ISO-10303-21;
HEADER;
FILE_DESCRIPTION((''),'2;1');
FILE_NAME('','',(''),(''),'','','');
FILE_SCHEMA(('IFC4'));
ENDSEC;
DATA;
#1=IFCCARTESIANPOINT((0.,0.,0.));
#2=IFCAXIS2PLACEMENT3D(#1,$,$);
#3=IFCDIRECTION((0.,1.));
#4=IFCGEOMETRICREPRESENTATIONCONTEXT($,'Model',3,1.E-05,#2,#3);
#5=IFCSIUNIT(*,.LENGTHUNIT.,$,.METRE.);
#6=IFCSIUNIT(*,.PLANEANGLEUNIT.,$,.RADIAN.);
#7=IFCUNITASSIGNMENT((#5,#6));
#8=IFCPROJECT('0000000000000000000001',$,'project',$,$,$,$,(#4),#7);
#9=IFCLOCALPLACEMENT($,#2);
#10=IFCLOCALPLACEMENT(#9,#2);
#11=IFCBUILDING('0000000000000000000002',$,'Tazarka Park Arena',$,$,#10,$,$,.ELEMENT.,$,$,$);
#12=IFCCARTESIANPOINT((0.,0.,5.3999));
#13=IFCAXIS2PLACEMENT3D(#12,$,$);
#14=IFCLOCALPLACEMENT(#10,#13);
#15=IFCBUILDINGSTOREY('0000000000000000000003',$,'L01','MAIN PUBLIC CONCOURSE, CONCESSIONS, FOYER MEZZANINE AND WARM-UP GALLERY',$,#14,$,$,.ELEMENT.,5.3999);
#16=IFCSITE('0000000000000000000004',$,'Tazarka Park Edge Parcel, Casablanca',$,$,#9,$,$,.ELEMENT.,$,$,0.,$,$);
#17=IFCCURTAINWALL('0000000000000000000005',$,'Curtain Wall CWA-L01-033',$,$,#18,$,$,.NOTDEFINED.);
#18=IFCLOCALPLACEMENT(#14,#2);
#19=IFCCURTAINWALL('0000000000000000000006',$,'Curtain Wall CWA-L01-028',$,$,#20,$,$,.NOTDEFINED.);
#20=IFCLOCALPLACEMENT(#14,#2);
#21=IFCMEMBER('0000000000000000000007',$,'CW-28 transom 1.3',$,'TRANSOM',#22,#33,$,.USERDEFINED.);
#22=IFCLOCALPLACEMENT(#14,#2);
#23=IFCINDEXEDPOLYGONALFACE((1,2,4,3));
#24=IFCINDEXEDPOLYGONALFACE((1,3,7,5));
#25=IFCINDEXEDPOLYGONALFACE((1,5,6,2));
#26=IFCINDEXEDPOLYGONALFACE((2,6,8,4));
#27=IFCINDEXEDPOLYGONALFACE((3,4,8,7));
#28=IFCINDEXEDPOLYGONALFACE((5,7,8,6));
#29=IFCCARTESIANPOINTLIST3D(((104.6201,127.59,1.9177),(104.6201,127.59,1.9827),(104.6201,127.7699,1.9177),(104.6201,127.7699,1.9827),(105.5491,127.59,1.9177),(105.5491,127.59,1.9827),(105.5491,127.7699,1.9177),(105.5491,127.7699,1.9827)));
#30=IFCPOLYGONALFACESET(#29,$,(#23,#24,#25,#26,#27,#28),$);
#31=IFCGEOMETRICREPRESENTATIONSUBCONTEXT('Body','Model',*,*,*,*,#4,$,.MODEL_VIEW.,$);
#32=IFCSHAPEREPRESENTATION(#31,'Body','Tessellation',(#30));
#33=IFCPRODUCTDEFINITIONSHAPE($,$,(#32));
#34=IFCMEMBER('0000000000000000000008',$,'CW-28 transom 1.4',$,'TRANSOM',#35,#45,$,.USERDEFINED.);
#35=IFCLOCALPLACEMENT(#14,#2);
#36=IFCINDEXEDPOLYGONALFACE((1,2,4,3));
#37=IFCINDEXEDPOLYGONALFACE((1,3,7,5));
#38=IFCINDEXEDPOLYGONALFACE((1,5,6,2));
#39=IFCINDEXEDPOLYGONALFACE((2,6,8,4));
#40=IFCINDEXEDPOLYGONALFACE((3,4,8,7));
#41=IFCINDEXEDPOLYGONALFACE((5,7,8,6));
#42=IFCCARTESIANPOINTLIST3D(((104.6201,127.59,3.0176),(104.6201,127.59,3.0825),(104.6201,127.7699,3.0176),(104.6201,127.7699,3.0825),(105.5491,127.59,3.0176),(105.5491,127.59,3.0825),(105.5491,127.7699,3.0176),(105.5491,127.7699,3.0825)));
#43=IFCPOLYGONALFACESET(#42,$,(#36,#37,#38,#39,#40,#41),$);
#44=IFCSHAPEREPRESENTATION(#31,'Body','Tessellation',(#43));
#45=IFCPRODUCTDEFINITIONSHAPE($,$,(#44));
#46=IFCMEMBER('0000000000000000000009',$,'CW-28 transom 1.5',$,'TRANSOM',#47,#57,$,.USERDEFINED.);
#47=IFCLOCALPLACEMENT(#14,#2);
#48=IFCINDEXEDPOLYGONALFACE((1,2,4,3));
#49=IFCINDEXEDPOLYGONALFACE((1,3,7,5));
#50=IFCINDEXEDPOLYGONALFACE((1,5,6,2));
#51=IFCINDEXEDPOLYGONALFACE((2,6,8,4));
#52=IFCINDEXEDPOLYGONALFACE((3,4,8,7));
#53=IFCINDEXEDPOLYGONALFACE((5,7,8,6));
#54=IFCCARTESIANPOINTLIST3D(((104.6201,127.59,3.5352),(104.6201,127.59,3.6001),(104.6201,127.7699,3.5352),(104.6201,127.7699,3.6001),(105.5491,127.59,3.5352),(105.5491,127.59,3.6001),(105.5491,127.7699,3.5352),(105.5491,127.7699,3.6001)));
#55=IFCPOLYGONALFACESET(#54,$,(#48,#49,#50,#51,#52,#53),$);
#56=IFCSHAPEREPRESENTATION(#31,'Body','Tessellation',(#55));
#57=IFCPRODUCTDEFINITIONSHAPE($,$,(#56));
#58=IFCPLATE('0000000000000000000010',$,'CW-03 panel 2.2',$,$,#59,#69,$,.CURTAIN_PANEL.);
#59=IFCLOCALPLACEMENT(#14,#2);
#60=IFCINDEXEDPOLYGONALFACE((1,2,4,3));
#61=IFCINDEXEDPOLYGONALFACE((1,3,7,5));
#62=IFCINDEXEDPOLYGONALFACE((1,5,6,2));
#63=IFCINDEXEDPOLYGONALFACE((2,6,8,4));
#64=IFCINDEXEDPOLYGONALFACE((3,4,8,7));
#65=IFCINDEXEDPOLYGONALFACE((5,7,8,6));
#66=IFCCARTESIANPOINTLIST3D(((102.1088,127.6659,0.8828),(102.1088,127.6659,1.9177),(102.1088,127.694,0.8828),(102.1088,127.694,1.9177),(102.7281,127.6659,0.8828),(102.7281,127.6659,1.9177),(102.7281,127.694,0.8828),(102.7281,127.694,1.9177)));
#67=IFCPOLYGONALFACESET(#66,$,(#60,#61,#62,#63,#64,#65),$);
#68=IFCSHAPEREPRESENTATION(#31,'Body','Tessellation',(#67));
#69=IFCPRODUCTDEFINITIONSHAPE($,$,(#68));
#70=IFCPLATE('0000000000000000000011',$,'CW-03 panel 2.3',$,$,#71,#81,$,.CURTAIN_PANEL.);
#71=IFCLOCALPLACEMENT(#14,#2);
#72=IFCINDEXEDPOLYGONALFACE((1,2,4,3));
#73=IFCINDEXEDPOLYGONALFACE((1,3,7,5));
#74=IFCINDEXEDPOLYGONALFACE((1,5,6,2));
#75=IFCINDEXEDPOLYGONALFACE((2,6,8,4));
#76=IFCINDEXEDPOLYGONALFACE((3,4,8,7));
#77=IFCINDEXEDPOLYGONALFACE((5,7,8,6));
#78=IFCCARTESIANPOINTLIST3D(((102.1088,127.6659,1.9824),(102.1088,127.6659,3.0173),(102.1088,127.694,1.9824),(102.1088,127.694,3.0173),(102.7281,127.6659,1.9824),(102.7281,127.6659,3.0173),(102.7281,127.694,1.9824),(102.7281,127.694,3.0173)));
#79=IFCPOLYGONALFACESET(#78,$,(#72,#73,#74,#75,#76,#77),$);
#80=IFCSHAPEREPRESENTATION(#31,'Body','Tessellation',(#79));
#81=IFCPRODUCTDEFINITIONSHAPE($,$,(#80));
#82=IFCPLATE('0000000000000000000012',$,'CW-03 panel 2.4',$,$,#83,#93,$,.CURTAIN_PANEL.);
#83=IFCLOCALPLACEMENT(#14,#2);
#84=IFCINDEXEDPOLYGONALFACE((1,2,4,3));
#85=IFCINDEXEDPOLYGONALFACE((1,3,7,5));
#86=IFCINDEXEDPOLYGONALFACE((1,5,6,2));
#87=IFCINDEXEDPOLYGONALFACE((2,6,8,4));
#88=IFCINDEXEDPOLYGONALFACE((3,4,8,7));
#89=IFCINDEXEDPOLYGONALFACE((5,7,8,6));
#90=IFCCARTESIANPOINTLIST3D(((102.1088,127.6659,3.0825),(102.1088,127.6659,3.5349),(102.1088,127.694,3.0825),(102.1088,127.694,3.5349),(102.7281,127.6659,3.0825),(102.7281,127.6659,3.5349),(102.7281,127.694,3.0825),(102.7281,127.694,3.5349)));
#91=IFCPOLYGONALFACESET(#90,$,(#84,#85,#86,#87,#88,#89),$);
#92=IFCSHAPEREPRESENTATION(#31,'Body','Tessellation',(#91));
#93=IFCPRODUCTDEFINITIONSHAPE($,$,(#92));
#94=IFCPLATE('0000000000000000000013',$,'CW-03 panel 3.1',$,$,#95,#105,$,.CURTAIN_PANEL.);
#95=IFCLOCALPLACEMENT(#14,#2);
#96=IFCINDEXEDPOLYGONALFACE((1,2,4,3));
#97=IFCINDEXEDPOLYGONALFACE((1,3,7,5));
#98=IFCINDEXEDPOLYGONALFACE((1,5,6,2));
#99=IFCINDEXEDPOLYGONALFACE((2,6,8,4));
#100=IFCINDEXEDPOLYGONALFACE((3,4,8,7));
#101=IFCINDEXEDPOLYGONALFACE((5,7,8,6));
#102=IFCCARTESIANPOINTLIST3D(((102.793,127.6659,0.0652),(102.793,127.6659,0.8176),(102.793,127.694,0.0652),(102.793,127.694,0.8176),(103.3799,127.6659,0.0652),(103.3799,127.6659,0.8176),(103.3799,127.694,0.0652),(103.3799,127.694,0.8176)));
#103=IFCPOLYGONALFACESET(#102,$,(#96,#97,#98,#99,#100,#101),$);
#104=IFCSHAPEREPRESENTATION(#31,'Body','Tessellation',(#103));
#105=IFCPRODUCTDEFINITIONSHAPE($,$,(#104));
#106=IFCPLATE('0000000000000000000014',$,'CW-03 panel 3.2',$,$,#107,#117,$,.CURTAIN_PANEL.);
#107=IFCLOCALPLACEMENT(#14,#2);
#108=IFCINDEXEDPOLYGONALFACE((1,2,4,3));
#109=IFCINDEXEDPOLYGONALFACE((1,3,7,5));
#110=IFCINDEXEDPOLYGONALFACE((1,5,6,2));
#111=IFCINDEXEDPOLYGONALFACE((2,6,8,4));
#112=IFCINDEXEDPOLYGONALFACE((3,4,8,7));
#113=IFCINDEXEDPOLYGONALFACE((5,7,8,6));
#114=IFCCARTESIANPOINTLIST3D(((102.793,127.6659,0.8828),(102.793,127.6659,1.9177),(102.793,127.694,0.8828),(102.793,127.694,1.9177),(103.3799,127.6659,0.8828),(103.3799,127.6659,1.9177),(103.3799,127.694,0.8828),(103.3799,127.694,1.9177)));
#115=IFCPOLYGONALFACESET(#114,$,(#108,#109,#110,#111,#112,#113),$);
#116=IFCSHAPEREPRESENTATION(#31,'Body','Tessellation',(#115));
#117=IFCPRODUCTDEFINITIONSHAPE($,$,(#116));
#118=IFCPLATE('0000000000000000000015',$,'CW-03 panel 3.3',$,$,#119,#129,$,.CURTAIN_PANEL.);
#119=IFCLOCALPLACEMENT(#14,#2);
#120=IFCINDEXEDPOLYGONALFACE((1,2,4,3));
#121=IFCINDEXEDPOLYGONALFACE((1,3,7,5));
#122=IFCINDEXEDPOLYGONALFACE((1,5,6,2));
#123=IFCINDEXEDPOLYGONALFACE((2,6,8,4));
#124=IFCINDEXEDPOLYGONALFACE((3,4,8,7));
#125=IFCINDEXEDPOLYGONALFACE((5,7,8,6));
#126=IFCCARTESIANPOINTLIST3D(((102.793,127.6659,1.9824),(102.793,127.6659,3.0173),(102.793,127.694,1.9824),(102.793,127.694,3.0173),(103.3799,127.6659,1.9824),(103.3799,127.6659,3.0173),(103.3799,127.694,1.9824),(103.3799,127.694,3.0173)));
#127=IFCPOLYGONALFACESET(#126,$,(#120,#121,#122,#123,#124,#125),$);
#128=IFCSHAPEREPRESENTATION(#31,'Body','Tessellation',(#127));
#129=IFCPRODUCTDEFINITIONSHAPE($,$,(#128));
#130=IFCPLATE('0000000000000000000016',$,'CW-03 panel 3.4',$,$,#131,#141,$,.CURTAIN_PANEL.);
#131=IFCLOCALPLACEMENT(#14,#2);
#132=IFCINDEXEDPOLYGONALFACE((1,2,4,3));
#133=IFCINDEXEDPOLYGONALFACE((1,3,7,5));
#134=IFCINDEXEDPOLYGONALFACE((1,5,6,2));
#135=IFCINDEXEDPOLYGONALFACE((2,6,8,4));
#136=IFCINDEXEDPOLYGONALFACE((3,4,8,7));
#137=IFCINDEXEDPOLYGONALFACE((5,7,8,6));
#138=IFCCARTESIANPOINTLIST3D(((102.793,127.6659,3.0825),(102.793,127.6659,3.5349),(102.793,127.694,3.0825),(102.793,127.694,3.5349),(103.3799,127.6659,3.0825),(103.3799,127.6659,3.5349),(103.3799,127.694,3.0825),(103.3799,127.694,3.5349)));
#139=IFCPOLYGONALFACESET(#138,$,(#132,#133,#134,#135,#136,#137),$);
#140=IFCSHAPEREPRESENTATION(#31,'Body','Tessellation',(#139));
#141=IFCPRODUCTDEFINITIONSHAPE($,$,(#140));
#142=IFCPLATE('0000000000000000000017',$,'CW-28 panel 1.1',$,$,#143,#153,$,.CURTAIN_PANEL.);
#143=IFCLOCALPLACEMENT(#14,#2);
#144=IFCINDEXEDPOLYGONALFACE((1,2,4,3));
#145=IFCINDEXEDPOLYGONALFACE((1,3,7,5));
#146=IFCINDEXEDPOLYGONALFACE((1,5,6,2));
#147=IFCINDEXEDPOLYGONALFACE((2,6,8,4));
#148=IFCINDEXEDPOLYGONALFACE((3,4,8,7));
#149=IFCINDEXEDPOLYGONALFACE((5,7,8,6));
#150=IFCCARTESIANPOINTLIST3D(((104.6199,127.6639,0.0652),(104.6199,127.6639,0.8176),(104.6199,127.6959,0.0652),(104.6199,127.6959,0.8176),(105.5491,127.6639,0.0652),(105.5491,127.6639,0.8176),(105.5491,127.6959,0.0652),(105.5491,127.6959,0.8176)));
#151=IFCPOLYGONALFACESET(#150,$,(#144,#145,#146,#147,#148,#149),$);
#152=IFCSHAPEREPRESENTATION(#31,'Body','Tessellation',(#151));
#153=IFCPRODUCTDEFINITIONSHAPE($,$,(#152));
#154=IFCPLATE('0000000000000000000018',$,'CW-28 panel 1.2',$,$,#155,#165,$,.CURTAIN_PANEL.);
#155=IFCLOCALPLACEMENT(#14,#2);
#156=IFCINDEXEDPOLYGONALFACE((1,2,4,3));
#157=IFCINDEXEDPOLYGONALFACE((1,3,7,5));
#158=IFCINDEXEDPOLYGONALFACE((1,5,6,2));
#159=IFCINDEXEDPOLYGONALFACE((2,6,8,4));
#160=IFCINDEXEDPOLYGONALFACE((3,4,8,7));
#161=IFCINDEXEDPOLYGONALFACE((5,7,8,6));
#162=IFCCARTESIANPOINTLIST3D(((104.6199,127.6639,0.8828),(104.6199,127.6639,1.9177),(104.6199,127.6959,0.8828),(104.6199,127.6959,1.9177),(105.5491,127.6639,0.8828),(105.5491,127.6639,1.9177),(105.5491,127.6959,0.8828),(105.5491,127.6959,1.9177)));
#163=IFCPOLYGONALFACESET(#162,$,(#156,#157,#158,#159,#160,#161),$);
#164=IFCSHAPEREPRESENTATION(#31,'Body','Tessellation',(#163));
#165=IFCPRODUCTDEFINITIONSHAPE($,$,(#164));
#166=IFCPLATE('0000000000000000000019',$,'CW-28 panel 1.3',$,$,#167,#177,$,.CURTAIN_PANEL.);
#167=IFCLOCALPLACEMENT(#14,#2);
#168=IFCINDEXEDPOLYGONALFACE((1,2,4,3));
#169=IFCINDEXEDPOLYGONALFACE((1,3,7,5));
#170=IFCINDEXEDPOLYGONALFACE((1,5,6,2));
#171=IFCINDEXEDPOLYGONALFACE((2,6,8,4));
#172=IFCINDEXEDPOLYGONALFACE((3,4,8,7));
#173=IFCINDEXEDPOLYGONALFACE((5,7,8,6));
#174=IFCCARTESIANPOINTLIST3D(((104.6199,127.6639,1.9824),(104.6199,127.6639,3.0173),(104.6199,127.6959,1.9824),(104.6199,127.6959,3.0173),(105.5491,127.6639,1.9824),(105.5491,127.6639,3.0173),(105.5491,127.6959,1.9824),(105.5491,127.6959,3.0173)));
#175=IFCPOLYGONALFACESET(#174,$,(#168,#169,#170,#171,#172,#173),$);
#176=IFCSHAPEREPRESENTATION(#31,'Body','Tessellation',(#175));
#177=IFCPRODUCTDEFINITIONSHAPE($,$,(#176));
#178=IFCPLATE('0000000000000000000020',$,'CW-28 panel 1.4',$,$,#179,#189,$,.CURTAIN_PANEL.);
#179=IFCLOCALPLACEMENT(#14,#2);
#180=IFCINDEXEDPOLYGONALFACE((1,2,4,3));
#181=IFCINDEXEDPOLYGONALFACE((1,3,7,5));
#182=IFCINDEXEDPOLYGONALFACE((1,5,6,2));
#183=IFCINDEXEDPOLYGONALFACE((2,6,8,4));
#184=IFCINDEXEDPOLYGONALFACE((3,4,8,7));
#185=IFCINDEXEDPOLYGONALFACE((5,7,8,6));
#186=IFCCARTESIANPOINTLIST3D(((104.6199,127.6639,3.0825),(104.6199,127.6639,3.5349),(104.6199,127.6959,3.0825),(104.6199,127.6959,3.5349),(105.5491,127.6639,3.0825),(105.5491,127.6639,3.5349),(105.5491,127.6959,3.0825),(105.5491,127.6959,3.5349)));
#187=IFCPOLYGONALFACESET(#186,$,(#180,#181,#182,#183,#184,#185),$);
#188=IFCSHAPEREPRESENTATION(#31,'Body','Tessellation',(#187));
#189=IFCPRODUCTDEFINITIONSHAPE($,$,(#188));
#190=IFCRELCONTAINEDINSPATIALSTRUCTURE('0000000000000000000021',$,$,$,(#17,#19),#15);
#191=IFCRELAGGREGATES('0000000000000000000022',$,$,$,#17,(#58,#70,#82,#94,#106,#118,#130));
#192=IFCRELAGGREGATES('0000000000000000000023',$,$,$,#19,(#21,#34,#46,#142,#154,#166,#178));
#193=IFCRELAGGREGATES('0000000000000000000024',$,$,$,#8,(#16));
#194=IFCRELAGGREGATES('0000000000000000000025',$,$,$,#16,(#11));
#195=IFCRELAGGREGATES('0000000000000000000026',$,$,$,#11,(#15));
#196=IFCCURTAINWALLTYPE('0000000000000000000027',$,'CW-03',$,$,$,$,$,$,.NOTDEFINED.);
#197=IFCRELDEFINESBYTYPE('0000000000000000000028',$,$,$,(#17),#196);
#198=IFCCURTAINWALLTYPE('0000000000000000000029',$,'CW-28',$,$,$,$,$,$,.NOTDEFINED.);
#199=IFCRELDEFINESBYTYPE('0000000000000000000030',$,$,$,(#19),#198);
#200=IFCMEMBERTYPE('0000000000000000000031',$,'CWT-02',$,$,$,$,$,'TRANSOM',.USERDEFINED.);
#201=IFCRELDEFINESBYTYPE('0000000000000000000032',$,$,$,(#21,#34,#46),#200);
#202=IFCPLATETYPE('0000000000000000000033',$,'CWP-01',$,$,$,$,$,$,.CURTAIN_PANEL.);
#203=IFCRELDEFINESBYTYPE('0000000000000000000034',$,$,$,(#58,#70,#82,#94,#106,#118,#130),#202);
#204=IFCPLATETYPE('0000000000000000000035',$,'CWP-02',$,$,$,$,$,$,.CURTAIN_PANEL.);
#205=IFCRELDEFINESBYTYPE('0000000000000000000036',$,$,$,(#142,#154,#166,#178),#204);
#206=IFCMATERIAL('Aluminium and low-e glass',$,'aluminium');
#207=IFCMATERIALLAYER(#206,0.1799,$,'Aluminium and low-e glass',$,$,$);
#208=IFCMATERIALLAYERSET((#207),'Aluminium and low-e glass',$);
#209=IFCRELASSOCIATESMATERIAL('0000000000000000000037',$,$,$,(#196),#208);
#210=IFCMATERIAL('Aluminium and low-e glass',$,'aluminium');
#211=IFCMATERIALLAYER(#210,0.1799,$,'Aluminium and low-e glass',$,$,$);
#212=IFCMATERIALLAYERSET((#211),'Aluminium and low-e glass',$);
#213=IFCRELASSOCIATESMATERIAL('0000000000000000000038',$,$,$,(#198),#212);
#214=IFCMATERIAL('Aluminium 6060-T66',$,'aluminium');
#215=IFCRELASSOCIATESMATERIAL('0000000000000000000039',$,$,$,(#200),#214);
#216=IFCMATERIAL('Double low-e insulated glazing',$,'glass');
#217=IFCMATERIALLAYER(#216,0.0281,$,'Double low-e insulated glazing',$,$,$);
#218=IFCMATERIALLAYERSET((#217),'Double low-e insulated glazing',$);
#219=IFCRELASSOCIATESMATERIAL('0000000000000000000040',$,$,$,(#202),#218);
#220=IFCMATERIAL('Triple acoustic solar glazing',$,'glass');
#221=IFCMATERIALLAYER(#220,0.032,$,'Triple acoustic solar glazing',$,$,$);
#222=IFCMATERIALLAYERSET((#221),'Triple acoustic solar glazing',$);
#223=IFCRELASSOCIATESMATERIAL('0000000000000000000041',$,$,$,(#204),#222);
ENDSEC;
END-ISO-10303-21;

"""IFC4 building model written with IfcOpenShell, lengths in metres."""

from ifc_helpers import new_model, si_unit, direction, frame, origin, origin_2d, place, context, subcontext, project, spatial, rectangle, extrude, material, layer, layer_set, material_profile, profile_set, type_object, element, aggregate, save


model = new_model("IFC4")

# Units and contexts
model_context = context("Model", 3, precision=1e-05, world=origin(), true_north=direction((0.0, 1.0)))
body_context = subcontext(model_context, "Body", "Model", "MODEL_VIEW")
ifc_project = project(units=[si_unit("LENGTHUNIT", "METRE"), si_unit("PLANEANGLEUNIT", "RADIAN")], contexts=[model_context])

# Site, building, storey
site_placement = place(None, origin())
site = spatial("IfcSite", under=ifc_project, at=site_placement, Name="Tazarka Park Edge Parcel, Casablanca", CompositionType="ELEMENT", RefElevation=0.0)
building_placement = place(site_placement, origin())
building = spatial("IfcBuilding", under=site, at=building_placement, Name="Tazarka Park Arena", CompositionType="ELEMENT")
storey_placement = place(building_placement, frame((0.0, 0.0, 5.3999)))
storey = spatial("IfcBuildingStorey", under=building, at=storey_placement, Name="L01", Description="MAIN PUBLIC CONCOURSE, CONCESSIONS, FOYER MEZZANINE AND WARM-UP GALLERY", CompositionType="ELEMENT", Elevation=5.3999)

# Curtain walls
ifc_material_1 = material(Name="Aluminium and low-e glass", Category="aluminium")
ifc_layer_1 = layer(ifc_material_1, 0.1799, Name="Aluminium and low-e glass")
ifc_layer_set_1 = layer_set([ifc_layer_1], Name="Aluminium and low-e glass")
curtain_wall_type_1 = type_object("IfcCurtainWallType", Name="CW-03", PredefinedType="NOTDEFINED", material=ifc_layer_set_1)
curtain_wall_1_placement = place(storey_placement, origin())
curtain_wall_1 = element("IfcCurtainWall", 1, at=curtain_wall_1_placement, inside=storey, type_object=curtain_wall_type_1, Name="Curtain Wall CWA-L01-033", PredefinedType="NOTDEFINED")
ifc_material_2 = material(Name="Aluminium and low-e glass", Category="aluminium")
ifc_layer_2 = layer(ifc_material_2, 0.1799, Name="Aluminium and low-e glass")
ifc_layer_set_2 = layer_set([ifc_layer_2], Name="Aluminium and low-e glass")
curtain_wall_type_2 = type_object("IfcCurtainWallType", Name="CW-28", PredefinedType="NOTDEFINED", material=ifc_layer_set_2)
curtain_wall_2_placement = place(storey_placement, origin())
curtain_wall_2 = element("IfcCurtainWall", 2, at=curtain_wall_2_placement, inside=storey, type_object=curtain_wall_type_2, Name="Curtain Wall CWA-L01-028", PredefinedType="NOTDEFINED")

# Members
ifc_material_3 = material(Name="Aluminium 6060-T66", Category="aluminium")
ifc_material_profile_1 = material_profile(ifc_material_3, rectangle(XDim=0.1799, YDim=0.0649, at=origin_2d()), Name="Aluminium 6060-T66")
ifc_profile_set_1 = profile_set([ifc_material_profile_1], Name="Aluminium 6060-T66")
member_type_1 = type_object("IfcMemberType", Name="CWT-02", ElementType="TRANSOM", PredefinedType="USERDEFINED", material=ifc_profile_set_1)
member_1_placement = place(storey_placement, frame((104.6201, 127.6799, 1.9502), z_axis=(1.0, 0.0, 0.0), x_axis=(0.0, 1.0, 0.0)))
member_1 = element("IfcMember", 3, at=member_1_placement, type_object=member_type_1, Name="CW-28 transom 1.3", ObjectType="TRANSOM", PredefinedType="USERDEFINED", context=body_context, shape_type="SweptSolid", body=[
    extrude(rectangle(XDim=0.1799, YDim=0.0649, at=origin_2d()), origin(), (0.0, 0.0, 1.0), 0.929),
])
member_2_placement = place(storey_placement, frame((104.6201, 127.6799, 3.05), z_axis=(1.0, 0.0, 0.0), x_axis=(0.0, 1.0, 0.0)))
member_2 = element("IfcMember", 4, at=member_2_placement, type_object=member_type_1, Name="CW-28 transom 1.4", ObjectType="TRANSOM", PredefinedType="USERDEFINED", context=body_context, shape_type="SweptSolid", body=[
    extrude(rectangle(XDim=0.1799, YDim=0.0649, at=origin_2d()), origin(), (0.0, 0.0, 1.0), 0.929),
])
member_3_placement = place(storey_placement, frame((104.6201, 127.6799, 3.5676), z_axis=(1.0, 0.0, 0.0), x_axis=(0.0, 1.0, 0.0)))
member_3 = element("IfcMember", 5, at=member_3_placement, type_object=member_type_1, Name="CW-28 transom 1.5", ObjectType="TRANSOM", PredefinedType="USERDEFINED", context=body_context, shape_type="SweptSolid", body=[
    extrude(rectangle(XDim=0.1799, YDim=0.0649, at=origin_2d()), origin(), (0.0, 0.0, 1.0), 0.929),
])

# Plates
ifc_material_4 = material(Name="Double low-e insulated glazing", Category="glass")
ifc_layer_3 = layer(ifc_material_4, 0.0281, Name="Double low-e insulated glazing")
ifc_layer_set_3 = layer_set([ifc_layer_3], Name="Double low-e insulated glazing")
plate_type_1 = type_object("IfcPlateType", Name="CWP-01", PredefinedType="CURTAIN_PANEL", material=ifc_layer_set_3)
plate_1_placement = place(storey_placement, frame((102.4185, 127.6799, 0.8828), z_axis=(0.0, 0.0, 1.0), x_axis=(1.0, 0.0, 0.0)))
plate_1 = element("IfcPlate", 6, at=plate_1_placement, type_object=plate_type_1, Name="CW-03 panel 2.2", PredefinedType="CURTAIN_PANEL", context=body_context, shape_type="SweptSolid", body=[
    extrude(rectangle(XDim=0.6194, YDim=0.0281, at=origin_2d()), origin(), (0.0, 0.0, 1.0), 1.0349),
])
plate_2_placement = place(storey_placement, frame((102.4185, 127.6799, 1.9824), z_axis=(0.0, 0.0, 1.0), x_axis=(1.0, 0.0, 0.0)))
plate_2 = element("IfcPlate", 7, at=plate_2_placement, type_object=plate_type_1, Name="CW-03 panel 2.3", PredefinedType="CURTAIN_PANEL", context=body_context, shape_type="SweptSolid", body=[
    extrude(rectangle(XDim=0.6194, YDim=0.0281, at=origin_2d()), origin(), (0.0, 0.0, 1.0), 1.0349),
])
plate_3_placement = place(storey_placement, frame((102.4185, 127.6799, 3.0825), z_axis=(0.0, 0.0, 1.0), x_axis=(1.0, 0.0, 0.0)))
plate_3 = element("IfcPlate", 8, at=plate_3_placement, type_object=plate_type_1, Name="CW-03 panel 2.4", PredefinedType="CURTAIN_PANEL", context=body_context, shape_type="SweptSolid", body=[
    extrude(rectangle(XDim=0.6194, YDim=0.0281, at=origin_2d()), origin(), (0.0, 0.0, 1.0), 0.4524),
])
plate_4_placement = place(storey_placement, frame((103.0864, 127.6799, 0.0652), z_axis=(0.0, 0.0, 1.0), x_axis=(1.0, 0.0, 0.0)))
plate_4 = element("IfcPlate", 9, at=plate_4_placement, type_object=plate_type_1, Name="CW-03 panel 3.1", PredefinedType="CURTAIN_PANEL", context=body_context, shape_type="SweptSolid", body=[
    extrude(rectangle(XDim=0.5869, YDim=0.0281, at=origin_2d()), origin(), (0.0, 0.0, 1.0), 0.7524),
])
plate_5_placement = place(storey_placement, frame((103.0864, 127.6799, 0.8828), z_axis=(0.0, 0.0, 1.0), x_axis=(1.0, 0.0, 0.0)))
plate_5 = element("IfcPlate", 10, at=plate_5_placement, type_object=plate_type_1, Name="CW-03 panel 3.2", PredefinedType="CURTAIN_PANEL", context=body_context, shape_type="SweptSolid", body=[
    extrude(rectangle(XDim=0.5869, YDim=0.0281, at=origin_2d()), origin(), (0.0, 0.0, 1.0), 1.0349),
])
plate_6_placement = place(storey_placement, frame((103.0864, 127.6799, 1.9824), z_axis=(0.0, 0.0, 1.0), x_axis=(1.0, 0.0, 0.0)))
plate_6 = element("IfcPlate", 11, at=plate_6_placement, type_object=plate_type_1, Name="CW-03 panel 3.3", PredefinedType="CURTAIN_PANEL", context=body_context, shape_type="SweptSolid", body=[
    extrude(rectangle(XDim=0.5869, YDim=0.0281, at=origin_2d()), origin(), (0.0, 0.0, 1.0), 1.0349),
])
plate_7_placement = place(storey_placement, frame((103.0864, 127.6799, 3.0825), z_axis=(0.0, 0.0, 1.0), x_axis=(1.0, 0.0, 0.0)))
plate_7 = element("IfcPlate", 12, at=plate_7_placement, type_object=plate_type_1, Name="CW-03 panel 3.4", PredefinedType="CURTAIN_PANEL", context=body_context, shape_type="SweptSolid", body=[
    extrude(rectangle(XDim=0.5869, YDim=0.0281, at=origin_2d()), origin(), (0.0, 0.0, 1.0), 0.4524),
])
aggregate(curtain_wall_1, [plate_1, plate_2, plate_3, plate_4, plate_5, plate_6, plate_7])
ifc_material_5 = material(Name="Triple acoustic solar glazing", Category="glass")
ifc_layer_4 = layer(ifc_material_5, 0.032, Name="Triple acoustic solar glazing")
ifc_layer_set_4 = layer_set([ifc_layer_4], Name="Triple acoustic solar glazing")
plate_type_2 = type_object("IfcPlateType", Name="CWP-02", PredefinedType="CURTAIN_PANEL", material=ifc_layer_set_4)
plate_8_placement = place(storey_placement, frame((105.0845, 127.6799, 0.0652), z_axis=(0.0, 0.0, 1.0), x_axis=(1.0, 0.0, 0.0)))
plate_8 = element("IfcPlate", 13, at=plate_8_placement, type_object=plate_type_2, Name="CW-28 panel 1.1", PredefinedType="CURTAIN_PANEL", context=body_context, shape_type="SweptSolid", body=[
    extrude(rectangle(XDim=0.9292, YDim=0.032, at=origin_2d()), origin(), (0.0, 0.0, 1.0), 0.7524),
])
plate_9_placement = place(storey_placement, frame((105.0845, 127.6799, 0.8828), z_axis=(0.0, 0.0, 1.0), x_axis=(1.0, 0.0, 0.0)))
plate_9 = element("IfcPlate", 14, at=plate_9_placement, type_object=plate_type_2, Name="CW-28 panel 1.2", PredefinedType="CURTAIN_PANEL", context=body_context, shape_type="SweptSolid", body=[
    extrude(rectangle(XDim=0.9292, YDim=0.032, at=origin_2d()), origin(), (0.0, 0.0, 1.0), 1.0349),
])
plate_10_placement = place(storey_placement, frame((105.0845, 127.6799, 1.9824), z_axis=(0.0, 0.0, 1.0), x_axis=(1.0, 0.0, 0.0)))
plate_10 = element("IfcPlate", 15, at=plate_10_placement, type_object=plate_type_2, Name="CW-28 panel 1.3", PredefinedType="CURTAIN_PANEL", context=body_context, shape_type="SweptSolid", body=[
    extrude(rectangle(XDim=0.9292, YDim=0.032, at=origin_2d()), origin(), (0.0, 0.0, 1.0), 1.0349),
])
plate_11_placement = place(storey_placement, frame((105.0845, 127.6799, 3.0825), z_axis=(0.0, 0.0, 1.0), x_axis=(1.0, 0.0, 0.0)))
plate_11 = element("IfcPlate", 16, at=plate_11_placement, type_object=plate_type_2, Name="CW-28 panel 1.4", PredefinedType="CURTAIN_PANEL", context=body_context, shape_type="SweptSolid", body=[
    extrude(rectangle(XDim=0.9292, YDim=0.032, at=origin_2d()), origin(), (0.0, 0.0, 1.0), 0.4524),
])
aggregate(curtain_wall_2, [member_1, member_2, member_3, plate_8, plate_9, plate_10, plate_11])

save(model, "model.ifc")
